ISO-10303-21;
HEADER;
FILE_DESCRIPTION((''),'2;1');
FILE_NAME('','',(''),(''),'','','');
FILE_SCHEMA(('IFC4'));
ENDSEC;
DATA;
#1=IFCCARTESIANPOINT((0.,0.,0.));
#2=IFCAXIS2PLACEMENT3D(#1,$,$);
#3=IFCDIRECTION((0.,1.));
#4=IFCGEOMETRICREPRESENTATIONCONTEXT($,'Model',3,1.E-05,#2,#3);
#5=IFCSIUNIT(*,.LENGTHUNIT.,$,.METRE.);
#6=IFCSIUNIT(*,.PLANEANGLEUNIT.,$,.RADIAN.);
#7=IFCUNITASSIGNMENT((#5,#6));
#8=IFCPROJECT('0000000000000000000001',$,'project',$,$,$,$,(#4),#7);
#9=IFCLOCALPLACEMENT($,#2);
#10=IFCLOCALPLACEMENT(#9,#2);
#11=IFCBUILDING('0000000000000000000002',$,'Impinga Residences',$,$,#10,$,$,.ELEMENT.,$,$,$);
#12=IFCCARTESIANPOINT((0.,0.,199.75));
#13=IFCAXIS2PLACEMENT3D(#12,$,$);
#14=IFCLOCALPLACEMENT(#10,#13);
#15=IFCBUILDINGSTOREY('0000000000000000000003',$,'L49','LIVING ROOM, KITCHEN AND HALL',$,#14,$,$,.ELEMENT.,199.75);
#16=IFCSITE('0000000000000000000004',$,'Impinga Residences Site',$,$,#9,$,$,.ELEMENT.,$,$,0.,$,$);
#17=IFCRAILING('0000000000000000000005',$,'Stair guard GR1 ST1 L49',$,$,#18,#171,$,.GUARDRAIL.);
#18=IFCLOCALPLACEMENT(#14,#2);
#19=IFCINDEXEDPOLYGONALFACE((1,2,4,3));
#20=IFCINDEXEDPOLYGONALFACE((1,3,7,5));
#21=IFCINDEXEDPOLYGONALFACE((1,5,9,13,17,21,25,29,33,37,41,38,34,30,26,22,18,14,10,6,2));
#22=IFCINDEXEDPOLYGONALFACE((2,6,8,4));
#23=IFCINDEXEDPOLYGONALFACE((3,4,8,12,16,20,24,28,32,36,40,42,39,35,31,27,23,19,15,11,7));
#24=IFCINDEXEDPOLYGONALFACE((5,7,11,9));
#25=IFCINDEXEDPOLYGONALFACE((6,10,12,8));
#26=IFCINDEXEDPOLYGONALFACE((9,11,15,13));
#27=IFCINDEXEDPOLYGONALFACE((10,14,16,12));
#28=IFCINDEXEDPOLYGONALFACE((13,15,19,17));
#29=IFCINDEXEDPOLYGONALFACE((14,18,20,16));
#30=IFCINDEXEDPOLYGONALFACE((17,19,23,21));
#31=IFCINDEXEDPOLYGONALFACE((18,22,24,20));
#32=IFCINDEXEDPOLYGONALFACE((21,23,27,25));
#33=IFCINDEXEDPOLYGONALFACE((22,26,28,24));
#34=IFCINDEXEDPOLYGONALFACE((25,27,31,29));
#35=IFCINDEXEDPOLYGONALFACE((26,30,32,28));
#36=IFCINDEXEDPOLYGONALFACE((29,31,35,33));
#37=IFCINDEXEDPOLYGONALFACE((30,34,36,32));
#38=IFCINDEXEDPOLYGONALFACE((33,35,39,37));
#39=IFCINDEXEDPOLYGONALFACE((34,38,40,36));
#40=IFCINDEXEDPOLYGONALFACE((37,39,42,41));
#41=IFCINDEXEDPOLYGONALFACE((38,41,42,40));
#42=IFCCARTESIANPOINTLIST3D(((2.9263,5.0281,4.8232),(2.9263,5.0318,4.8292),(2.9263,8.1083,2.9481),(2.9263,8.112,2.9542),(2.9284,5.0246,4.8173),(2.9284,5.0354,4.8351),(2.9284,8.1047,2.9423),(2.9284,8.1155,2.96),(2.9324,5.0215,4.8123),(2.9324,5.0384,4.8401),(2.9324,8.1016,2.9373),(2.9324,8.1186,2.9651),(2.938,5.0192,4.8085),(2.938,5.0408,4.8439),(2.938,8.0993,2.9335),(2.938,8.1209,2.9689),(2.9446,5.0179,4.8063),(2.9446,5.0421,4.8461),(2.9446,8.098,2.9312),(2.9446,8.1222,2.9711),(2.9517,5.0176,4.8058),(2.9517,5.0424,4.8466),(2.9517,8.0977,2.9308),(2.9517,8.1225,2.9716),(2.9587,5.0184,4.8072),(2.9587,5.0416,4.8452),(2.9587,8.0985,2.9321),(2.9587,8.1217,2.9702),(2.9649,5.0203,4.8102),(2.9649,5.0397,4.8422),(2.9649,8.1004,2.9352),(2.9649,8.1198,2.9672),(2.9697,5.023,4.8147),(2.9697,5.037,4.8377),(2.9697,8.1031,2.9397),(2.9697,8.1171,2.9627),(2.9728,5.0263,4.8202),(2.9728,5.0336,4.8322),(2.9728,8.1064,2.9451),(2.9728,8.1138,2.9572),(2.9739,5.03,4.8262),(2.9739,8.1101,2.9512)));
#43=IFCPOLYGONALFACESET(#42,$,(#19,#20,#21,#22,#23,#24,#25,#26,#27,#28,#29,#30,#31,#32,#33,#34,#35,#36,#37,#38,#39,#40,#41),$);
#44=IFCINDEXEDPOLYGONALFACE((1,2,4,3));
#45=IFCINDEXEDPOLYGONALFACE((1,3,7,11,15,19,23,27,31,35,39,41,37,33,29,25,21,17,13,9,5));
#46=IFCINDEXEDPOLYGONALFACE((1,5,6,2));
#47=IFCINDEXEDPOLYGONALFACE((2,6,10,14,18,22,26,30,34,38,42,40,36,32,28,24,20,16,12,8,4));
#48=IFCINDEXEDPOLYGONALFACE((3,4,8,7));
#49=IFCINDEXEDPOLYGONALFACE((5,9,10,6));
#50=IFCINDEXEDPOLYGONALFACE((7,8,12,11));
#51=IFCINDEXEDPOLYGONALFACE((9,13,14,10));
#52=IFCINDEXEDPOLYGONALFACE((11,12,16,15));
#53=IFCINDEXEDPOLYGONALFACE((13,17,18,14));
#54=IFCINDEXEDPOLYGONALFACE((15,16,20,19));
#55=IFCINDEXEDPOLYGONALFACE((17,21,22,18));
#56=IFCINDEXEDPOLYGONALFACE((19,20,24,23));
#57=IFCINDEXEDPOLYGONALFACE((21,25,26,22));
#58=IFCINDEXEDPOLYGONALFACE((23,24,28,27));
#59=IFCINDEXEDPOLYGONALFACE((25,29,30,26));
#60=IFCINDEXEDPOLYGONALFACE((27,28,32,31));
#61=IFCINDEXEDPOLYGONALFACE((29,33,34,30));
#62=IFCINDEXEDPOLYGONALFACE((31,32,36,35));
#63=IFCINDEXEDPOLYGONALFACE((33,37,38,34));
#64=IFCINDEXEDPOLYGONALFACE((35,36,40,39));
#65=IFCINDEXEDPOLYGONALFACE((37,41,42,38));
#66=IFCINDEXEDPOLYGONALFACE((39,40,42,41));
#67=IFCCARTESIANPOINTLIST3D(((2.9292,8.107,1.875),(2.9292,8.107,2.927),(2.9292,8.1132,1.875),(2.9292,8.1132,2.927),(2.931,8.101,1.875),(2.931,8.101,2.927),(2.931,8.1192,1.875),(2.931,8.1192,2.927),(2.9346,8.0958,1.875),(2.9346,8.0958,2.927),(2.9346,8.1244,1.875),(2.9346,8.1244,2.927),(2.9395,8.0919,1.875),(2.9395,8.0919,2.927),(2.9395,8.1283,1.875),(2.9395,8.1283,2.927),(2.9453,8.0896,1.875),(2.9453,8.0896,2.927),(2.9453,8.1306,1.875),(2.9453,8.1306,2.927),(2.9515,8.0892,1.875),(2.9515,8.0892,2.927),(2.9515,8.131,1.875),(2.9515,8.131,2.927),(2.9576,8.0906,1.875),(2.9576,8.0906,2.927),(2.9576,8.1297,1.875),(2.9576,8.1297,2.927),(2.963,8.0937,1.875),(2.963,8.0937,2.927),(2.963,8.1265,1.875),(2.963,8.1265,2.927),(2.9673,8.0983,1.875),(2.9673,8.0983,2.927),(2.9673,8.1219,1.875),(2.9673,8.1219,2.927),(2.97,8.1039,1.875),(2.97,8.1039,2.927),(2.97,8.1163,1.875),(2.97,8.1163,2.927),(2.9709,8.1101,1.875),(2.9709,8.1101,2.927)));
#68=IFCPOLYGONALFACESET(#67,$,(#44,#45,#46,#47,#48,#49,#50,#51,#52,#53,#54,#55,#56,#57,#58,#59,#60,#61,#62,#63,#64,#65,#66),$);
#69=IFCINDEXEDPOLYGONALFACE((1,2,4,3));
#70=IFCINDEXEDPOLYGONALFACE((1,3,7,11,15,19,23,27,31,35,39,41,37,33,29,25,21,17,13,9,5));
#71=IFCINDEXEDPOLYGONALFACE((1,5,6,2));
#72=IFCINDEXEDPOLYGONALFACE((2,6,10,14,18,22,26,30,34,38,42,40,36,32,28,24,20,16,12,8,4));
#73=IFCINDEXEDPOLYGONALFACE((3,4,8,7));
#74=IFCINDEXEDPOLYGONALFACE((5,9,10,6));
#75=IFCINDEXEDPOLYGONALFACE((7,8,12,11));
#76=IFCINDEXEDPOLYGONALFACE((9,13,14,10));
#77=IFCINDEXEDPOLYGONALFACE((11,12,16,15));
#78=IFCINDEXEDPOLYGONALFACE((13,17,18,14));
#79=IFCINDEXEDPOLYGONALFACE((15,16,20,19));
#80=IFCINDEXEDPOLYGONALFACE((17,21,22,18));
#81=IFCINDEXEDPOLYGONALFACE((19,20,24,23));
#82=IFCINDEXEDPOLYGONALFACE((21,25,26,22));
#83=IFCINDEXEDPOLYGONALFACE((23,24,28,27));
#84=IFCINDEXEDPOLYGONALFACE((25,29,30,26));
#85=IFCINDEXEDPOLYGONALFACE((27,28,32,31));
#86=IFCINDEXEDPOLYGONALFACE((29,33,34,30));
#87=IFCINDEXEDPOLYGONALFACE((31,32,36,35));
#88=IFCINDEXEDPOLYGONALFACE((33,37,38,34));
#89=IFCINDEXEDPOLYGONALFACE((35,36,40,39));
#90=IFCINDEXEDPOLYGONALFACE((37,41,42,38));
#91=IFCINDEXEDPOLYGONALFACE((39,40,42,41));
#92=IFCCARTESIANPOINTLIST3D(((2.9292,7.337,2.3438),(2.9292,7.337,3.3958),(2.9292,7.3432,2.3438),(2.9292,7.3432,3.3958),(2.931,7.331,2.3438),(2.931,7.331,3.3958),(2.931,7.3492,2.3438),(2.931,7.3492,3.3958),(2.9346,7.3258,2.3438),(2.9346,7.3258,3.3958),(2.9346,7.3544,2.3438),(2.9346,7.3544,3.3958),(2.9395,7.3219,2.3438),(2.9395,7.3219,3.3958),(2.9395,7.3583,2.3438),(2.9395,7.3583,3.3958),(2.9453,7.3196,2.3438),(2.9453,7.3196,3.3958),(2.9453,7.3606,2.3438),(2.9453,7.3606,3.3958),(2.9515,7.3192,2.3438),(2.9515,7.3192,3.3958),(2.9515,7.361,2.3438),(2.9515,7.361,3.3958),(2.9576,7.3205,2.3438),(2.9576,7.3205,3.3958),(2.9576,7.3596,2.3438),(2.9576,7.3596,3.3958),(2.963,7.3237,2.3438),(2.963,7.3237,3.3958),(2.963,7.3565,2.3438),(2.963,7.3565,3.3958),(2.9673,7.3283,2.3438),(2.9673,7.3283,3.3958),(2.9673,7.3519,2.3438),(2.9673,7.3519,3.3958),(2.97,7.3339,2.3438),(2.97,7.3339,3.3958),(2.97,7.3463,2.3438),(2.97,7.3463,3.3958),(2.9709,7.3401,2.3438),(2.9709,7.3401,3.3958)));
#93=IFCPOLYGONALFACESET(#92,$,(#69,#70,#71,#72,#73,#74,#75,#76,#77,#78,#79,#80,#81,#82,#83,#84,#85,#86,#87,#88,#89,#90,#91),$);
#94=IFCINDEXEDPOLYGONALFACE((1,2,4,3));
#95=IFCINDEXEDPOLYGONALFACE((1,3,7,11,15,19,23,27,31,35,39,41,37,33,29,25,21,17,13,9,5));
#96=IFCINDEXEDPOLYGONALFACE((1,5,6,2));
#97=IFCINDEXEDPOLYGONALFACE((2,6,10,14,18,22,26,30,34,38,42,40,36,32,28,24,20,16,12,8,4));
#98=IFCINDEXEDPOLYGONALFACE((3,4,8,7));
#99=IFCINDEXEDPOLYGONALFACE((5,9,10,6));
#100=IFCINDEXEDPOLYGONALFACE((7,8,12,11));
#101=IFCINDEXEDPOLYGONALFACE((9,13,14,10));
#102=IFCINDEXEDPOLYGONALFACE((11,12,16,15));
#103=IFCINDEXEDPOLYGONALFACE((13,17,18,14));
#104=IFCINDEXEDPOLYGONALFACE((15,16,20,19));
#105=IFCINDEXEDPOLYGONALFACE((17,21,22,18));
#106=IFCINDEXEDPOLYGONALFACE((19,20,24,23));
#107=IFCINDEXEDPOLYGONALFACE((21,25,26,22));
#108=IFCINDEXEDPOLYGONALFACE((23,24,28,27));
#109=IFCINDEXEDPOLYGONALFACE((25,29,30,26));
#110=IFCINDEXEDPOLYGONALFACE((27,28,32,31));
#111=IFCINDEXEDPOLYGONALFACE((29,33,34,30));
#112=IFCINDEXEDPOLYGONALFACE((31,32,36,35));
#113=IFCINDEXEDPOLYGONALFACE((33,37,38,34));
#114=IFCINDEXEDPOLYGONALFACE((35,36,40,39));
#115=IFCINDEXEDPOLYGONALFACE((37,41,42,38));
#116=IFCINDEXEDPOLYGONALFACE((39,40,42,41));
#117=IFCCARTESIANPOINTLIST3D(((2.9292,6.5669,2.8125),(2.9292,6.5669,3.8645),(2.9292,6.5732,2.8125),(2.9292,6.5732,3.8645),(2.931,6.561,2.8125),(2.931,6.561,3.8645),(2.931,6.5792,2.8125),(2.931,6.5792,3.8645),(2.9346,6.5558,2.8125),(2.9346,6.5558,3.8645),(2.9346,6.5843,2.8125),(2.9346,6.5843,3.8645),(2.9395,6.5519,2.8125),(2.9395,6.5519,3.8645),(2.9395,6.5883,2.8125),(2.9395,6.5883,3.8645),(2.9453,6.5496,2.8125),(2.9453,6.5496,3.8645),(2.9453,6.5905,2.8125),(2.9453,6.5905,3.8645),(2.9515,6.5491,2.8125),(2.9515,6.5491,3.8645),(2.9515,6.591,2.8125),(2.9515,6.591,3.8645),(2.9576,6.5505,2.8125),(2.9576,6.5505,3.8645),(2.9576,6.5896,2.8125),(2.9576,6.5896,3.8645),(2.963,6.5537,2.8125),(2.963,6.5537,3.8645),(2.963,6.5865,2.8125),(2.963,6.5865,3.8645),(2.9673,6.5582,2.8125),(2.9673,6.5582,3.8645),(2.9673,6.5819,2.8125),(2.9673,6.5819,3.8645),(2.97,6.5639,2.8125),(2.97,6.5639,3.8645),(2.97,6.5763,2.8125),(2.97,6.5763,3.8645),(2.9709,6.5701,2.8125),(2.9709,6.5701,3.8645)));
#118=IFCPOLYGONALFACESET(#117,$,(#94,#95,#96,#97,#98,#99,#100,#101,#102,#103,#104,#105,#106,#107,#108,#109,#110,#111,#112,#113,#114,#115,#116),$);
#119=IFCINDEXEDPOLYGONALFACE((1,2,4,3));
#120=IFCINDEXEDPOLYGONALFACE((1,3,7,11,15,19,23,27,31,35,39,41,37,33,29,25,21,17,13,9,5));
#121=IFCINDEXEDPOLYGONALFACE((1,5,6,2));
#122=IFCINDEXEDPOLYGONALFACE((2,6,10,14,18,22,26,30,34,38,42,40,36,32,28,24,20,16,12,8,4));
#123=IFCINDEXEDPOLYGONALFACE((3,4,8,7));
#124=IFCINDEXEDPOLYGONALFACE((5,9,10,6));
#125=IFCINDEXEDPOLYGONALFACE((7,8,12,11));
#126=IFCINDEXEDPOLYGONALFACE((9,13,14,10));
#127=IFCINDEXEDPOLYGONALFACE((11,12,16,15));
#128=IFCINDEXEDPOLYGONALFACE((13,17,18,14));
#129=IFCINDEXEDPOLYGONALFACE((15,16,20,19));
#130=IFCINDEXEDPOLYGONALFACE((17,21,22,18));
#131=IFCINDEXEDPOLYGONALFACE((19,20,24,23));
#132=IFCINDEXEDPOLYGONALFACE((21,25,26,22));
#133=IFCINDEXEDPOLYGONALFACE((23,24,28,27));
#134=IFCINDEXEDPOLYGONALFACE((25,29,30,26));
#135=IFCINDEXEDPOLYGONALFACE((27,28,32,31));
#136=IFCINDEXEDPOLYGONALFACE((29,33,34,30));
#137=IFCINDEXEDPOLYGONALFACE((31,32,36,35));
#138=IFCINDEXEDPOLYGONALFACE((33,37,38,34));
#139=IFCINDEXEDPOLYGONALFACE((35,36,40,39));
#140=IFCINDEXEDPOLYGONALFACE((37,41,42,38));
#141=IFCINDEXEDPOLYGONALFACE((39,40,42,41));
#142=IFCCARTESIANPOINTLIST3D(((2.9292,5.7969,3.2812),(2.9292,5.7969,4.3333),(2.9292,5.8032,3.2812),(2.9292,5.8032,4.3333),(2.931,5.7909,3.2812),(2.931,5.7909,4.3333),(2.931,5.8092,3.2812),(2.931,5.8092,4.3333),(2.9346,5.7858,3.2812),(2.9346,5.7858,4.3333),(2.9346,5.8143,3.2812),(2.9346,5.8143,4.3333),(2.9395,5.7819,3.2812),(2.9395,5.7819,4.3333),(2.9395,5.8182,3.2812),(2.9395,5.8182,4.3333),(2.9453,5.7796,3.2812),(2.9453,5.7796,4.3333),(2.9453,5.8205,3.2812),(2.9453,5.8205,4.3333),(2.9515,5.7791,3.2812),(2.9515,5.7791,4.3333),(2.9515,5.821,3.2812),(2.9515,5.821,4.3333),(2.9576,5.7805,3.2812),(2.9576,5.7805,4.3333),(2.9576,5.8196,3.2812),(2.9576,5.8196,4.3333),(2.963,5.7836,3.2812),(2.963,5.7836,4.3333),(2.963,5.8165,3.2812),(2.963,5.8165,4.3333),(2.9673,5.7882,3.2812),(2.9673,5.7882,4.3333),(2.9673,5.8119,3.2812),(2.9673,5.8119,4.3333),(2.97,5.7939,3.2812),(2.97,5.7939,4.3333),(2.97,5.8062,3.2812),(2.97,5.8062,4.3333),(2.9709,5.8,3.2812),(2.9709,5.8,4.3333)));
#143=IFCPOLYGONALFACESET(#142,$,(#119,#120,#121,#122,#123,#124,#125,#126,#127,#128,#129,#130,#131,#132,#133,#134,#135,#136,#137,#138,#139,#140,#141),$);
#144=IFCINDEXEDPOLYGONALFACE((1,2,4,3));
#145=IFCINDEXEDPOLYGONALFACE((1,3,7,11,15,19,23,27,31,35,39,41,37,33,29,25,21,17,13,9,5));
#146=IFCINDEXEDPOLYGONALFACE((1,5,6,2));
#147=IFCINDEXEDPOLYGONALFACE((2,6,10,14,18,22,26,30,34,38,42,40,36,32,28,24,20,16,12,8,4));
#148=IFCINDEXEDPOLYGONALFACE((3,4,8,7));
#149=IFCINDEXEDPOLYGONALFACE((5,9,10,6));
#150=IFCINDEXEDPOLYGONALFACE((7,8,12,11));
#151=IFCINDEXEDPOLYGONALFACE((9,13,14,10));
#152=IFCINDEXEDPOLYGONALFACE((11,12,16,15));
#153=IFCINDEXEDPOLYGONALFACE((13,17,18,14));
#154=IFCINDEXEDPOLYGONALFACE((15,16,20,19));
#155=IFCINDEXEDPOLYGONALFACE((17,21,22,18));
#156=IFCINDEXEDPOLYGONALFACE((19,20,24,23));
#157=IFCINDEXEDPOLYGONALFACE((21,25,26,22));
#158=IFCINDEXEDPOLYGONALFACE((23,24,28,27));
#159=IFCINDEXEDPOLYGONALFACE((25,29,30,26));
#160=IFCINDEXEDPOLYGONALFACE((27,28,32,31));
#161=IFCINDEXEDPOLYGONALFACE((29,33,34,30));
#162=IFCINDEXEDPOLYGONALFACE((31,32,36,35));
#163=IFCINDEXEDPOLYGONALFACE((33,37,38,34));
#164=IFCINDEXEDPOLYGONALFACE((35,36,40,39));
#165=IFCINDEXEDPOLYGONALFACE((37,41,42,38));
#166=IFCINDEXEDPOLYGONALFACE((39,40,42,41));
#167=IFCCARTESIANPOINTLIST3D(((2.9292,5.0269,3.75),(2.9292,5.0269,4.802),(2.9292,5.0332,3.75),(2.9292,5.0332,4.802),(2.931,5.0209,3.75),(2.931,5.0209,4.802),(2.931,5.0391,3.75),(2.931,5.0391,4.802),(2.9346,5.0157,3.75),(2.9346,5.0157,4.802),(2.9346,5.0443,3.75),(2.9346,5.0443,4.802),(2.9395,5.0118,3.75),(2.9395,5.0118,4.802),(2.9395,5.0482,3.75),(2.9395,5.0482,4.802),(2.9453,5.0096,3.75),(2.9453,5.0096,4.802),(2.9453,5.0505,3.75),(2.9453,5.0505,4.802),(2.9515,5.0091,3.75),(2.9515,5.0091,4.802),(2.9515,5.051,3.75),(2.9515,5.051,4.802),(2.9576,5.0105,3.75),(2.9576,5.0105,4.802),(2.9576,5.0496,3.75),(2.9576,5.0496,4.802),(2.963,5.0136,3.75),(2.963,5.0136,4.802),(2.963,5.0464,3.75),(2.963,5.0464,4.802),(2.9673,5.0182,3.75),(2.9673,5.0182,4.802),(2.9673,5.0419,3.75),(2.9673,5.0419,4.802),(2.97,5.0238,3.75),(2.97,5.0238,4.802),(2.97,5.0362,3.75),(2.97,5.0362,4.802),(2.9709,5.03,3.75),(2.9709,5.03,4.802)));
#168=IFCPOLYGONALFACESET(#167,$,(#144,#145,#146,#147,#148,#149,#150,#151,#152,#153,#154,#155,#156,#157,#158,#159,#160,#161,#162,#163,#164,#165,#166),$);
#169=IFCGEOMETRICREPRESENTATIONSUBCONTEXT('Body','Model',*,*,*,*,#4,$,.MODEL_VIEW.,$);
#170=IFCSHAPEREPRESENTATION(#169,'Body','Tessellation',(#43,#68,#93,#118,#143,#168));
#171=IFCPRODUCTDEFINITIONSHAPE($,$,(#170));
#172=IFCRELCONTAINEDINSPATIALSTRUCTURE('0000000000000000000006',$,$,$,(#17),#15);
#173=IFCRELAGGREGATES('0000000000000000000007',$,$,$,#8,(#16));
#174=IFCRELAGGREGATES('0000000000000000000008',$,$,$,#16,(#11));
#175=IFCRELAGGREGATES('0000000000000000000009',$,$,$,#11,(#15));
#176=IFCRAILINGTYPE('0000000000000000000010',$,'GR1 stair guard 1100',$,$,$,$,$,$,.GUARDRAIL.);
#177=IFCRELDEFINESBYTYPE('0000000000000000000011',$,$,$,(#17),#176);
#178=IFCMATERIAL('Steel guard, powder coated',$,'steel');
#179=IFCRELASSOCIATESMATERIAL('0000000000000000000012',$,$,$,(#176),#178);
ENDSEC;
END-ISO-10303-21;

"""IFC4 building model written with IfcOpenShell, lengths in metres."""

from ifc_helpers import new_model, si_unit, direction, frame, origin, origin_2d, place, context, subcontext, project, spatial, circle, extrude, material, type_object, element, save


model = new_model("IFC4")

# Units and contexts
model_context = context("Model", 3, precision=1e-05, world=origin(), true_north=direction((0.0, 1.0)))
body_context = subcontext(model_context, "Body", "Model", "MODEL_VIEW")
ifc_project = project(units=[si_unit("LENGTHUNIT", "METRE"), si_unit("PLANEANGLEUNIT", "RADIAN")], contexts=[model_context])

# Site, building, storey
site_placement = place(None, origin())
site = spatial("IfcSite", under=ifc_project, at=site_placement, Name="Impinga Residences Site", CompositionType="ELEMENT", RefElevation=0.0)
building_placement = place(site_placement, origin())
building = spatial("IfcBuilding", under=site, at=building_placement, Name="Impinga Residences", CompositionType="ELEMENT")
storey_placement = place(building_placement, frame((0.0, 0.0, 199.75)))
storey = spatial("IfcBuildingStorey", under=building, at=storey_placement, Name="L49", Description="LIVING ROOM, KITCHEN AND HALL", CompositionType="ELEMENT", Elevation=199.75)

# Railing
ifc_material_1 = material(Name="Steel guard, powder coated", Category="steel")
railing_type_1 = type_object("IfcRailingType", Name="GR1 stair guard 1100", PredefinedType="GUARDRAIL", material=ifc_material_1)
railing_1_placement = place(storey_placement, frame((2.95, 8.1101, 1.875)))
element("IfcRailing", 1, at=railing_1_placement, inside=storey, type_object=railing_type_1, Name="Stair guard GR1 ST1 L49", PredefinedType="GUARDRAIL", context=body_context, shape_type="SweptSolid", body=[
    extrude(circle(Radius=0.0239, at=origin_2d()), frame((0.0, 0.0, 1.0762), z_axis=(0.0, -0.854178, 0.519981), x_axis=(1.0, 0.0, 0.0)), (0.0, 0.0, 1.0), 3.606),
    extrude(circle(Radius=0.021, at=origin_2d()), origin(), (0.0, 0.0, 1.0), 1.052),
    extrude(circle(Radius=0.021, at=origin_2d()), frame((0.0, -0.77, 0.4688)), (0.0, 0.0, 1.0), 1.052),
    extrude(circle(Radius=0.021, at=origin_2d()), frame((0.0, -1.54, 0.9375)), (0.0, 0.0, 1.0), 1.052),
    extrude(circle(Radius=0.021, at=origin_2d()), frame((0.0, -2.3101, 1.4062)), (0.0, 0.0, 1.0), 1.052),
    extrude(circle(Radius=0.021, at=origin_2d()), frame((0.0, -3.0801, 1.875)), (0.0, 0.0, 1.0), 1.052),
])

save(model, "model.ifc")
